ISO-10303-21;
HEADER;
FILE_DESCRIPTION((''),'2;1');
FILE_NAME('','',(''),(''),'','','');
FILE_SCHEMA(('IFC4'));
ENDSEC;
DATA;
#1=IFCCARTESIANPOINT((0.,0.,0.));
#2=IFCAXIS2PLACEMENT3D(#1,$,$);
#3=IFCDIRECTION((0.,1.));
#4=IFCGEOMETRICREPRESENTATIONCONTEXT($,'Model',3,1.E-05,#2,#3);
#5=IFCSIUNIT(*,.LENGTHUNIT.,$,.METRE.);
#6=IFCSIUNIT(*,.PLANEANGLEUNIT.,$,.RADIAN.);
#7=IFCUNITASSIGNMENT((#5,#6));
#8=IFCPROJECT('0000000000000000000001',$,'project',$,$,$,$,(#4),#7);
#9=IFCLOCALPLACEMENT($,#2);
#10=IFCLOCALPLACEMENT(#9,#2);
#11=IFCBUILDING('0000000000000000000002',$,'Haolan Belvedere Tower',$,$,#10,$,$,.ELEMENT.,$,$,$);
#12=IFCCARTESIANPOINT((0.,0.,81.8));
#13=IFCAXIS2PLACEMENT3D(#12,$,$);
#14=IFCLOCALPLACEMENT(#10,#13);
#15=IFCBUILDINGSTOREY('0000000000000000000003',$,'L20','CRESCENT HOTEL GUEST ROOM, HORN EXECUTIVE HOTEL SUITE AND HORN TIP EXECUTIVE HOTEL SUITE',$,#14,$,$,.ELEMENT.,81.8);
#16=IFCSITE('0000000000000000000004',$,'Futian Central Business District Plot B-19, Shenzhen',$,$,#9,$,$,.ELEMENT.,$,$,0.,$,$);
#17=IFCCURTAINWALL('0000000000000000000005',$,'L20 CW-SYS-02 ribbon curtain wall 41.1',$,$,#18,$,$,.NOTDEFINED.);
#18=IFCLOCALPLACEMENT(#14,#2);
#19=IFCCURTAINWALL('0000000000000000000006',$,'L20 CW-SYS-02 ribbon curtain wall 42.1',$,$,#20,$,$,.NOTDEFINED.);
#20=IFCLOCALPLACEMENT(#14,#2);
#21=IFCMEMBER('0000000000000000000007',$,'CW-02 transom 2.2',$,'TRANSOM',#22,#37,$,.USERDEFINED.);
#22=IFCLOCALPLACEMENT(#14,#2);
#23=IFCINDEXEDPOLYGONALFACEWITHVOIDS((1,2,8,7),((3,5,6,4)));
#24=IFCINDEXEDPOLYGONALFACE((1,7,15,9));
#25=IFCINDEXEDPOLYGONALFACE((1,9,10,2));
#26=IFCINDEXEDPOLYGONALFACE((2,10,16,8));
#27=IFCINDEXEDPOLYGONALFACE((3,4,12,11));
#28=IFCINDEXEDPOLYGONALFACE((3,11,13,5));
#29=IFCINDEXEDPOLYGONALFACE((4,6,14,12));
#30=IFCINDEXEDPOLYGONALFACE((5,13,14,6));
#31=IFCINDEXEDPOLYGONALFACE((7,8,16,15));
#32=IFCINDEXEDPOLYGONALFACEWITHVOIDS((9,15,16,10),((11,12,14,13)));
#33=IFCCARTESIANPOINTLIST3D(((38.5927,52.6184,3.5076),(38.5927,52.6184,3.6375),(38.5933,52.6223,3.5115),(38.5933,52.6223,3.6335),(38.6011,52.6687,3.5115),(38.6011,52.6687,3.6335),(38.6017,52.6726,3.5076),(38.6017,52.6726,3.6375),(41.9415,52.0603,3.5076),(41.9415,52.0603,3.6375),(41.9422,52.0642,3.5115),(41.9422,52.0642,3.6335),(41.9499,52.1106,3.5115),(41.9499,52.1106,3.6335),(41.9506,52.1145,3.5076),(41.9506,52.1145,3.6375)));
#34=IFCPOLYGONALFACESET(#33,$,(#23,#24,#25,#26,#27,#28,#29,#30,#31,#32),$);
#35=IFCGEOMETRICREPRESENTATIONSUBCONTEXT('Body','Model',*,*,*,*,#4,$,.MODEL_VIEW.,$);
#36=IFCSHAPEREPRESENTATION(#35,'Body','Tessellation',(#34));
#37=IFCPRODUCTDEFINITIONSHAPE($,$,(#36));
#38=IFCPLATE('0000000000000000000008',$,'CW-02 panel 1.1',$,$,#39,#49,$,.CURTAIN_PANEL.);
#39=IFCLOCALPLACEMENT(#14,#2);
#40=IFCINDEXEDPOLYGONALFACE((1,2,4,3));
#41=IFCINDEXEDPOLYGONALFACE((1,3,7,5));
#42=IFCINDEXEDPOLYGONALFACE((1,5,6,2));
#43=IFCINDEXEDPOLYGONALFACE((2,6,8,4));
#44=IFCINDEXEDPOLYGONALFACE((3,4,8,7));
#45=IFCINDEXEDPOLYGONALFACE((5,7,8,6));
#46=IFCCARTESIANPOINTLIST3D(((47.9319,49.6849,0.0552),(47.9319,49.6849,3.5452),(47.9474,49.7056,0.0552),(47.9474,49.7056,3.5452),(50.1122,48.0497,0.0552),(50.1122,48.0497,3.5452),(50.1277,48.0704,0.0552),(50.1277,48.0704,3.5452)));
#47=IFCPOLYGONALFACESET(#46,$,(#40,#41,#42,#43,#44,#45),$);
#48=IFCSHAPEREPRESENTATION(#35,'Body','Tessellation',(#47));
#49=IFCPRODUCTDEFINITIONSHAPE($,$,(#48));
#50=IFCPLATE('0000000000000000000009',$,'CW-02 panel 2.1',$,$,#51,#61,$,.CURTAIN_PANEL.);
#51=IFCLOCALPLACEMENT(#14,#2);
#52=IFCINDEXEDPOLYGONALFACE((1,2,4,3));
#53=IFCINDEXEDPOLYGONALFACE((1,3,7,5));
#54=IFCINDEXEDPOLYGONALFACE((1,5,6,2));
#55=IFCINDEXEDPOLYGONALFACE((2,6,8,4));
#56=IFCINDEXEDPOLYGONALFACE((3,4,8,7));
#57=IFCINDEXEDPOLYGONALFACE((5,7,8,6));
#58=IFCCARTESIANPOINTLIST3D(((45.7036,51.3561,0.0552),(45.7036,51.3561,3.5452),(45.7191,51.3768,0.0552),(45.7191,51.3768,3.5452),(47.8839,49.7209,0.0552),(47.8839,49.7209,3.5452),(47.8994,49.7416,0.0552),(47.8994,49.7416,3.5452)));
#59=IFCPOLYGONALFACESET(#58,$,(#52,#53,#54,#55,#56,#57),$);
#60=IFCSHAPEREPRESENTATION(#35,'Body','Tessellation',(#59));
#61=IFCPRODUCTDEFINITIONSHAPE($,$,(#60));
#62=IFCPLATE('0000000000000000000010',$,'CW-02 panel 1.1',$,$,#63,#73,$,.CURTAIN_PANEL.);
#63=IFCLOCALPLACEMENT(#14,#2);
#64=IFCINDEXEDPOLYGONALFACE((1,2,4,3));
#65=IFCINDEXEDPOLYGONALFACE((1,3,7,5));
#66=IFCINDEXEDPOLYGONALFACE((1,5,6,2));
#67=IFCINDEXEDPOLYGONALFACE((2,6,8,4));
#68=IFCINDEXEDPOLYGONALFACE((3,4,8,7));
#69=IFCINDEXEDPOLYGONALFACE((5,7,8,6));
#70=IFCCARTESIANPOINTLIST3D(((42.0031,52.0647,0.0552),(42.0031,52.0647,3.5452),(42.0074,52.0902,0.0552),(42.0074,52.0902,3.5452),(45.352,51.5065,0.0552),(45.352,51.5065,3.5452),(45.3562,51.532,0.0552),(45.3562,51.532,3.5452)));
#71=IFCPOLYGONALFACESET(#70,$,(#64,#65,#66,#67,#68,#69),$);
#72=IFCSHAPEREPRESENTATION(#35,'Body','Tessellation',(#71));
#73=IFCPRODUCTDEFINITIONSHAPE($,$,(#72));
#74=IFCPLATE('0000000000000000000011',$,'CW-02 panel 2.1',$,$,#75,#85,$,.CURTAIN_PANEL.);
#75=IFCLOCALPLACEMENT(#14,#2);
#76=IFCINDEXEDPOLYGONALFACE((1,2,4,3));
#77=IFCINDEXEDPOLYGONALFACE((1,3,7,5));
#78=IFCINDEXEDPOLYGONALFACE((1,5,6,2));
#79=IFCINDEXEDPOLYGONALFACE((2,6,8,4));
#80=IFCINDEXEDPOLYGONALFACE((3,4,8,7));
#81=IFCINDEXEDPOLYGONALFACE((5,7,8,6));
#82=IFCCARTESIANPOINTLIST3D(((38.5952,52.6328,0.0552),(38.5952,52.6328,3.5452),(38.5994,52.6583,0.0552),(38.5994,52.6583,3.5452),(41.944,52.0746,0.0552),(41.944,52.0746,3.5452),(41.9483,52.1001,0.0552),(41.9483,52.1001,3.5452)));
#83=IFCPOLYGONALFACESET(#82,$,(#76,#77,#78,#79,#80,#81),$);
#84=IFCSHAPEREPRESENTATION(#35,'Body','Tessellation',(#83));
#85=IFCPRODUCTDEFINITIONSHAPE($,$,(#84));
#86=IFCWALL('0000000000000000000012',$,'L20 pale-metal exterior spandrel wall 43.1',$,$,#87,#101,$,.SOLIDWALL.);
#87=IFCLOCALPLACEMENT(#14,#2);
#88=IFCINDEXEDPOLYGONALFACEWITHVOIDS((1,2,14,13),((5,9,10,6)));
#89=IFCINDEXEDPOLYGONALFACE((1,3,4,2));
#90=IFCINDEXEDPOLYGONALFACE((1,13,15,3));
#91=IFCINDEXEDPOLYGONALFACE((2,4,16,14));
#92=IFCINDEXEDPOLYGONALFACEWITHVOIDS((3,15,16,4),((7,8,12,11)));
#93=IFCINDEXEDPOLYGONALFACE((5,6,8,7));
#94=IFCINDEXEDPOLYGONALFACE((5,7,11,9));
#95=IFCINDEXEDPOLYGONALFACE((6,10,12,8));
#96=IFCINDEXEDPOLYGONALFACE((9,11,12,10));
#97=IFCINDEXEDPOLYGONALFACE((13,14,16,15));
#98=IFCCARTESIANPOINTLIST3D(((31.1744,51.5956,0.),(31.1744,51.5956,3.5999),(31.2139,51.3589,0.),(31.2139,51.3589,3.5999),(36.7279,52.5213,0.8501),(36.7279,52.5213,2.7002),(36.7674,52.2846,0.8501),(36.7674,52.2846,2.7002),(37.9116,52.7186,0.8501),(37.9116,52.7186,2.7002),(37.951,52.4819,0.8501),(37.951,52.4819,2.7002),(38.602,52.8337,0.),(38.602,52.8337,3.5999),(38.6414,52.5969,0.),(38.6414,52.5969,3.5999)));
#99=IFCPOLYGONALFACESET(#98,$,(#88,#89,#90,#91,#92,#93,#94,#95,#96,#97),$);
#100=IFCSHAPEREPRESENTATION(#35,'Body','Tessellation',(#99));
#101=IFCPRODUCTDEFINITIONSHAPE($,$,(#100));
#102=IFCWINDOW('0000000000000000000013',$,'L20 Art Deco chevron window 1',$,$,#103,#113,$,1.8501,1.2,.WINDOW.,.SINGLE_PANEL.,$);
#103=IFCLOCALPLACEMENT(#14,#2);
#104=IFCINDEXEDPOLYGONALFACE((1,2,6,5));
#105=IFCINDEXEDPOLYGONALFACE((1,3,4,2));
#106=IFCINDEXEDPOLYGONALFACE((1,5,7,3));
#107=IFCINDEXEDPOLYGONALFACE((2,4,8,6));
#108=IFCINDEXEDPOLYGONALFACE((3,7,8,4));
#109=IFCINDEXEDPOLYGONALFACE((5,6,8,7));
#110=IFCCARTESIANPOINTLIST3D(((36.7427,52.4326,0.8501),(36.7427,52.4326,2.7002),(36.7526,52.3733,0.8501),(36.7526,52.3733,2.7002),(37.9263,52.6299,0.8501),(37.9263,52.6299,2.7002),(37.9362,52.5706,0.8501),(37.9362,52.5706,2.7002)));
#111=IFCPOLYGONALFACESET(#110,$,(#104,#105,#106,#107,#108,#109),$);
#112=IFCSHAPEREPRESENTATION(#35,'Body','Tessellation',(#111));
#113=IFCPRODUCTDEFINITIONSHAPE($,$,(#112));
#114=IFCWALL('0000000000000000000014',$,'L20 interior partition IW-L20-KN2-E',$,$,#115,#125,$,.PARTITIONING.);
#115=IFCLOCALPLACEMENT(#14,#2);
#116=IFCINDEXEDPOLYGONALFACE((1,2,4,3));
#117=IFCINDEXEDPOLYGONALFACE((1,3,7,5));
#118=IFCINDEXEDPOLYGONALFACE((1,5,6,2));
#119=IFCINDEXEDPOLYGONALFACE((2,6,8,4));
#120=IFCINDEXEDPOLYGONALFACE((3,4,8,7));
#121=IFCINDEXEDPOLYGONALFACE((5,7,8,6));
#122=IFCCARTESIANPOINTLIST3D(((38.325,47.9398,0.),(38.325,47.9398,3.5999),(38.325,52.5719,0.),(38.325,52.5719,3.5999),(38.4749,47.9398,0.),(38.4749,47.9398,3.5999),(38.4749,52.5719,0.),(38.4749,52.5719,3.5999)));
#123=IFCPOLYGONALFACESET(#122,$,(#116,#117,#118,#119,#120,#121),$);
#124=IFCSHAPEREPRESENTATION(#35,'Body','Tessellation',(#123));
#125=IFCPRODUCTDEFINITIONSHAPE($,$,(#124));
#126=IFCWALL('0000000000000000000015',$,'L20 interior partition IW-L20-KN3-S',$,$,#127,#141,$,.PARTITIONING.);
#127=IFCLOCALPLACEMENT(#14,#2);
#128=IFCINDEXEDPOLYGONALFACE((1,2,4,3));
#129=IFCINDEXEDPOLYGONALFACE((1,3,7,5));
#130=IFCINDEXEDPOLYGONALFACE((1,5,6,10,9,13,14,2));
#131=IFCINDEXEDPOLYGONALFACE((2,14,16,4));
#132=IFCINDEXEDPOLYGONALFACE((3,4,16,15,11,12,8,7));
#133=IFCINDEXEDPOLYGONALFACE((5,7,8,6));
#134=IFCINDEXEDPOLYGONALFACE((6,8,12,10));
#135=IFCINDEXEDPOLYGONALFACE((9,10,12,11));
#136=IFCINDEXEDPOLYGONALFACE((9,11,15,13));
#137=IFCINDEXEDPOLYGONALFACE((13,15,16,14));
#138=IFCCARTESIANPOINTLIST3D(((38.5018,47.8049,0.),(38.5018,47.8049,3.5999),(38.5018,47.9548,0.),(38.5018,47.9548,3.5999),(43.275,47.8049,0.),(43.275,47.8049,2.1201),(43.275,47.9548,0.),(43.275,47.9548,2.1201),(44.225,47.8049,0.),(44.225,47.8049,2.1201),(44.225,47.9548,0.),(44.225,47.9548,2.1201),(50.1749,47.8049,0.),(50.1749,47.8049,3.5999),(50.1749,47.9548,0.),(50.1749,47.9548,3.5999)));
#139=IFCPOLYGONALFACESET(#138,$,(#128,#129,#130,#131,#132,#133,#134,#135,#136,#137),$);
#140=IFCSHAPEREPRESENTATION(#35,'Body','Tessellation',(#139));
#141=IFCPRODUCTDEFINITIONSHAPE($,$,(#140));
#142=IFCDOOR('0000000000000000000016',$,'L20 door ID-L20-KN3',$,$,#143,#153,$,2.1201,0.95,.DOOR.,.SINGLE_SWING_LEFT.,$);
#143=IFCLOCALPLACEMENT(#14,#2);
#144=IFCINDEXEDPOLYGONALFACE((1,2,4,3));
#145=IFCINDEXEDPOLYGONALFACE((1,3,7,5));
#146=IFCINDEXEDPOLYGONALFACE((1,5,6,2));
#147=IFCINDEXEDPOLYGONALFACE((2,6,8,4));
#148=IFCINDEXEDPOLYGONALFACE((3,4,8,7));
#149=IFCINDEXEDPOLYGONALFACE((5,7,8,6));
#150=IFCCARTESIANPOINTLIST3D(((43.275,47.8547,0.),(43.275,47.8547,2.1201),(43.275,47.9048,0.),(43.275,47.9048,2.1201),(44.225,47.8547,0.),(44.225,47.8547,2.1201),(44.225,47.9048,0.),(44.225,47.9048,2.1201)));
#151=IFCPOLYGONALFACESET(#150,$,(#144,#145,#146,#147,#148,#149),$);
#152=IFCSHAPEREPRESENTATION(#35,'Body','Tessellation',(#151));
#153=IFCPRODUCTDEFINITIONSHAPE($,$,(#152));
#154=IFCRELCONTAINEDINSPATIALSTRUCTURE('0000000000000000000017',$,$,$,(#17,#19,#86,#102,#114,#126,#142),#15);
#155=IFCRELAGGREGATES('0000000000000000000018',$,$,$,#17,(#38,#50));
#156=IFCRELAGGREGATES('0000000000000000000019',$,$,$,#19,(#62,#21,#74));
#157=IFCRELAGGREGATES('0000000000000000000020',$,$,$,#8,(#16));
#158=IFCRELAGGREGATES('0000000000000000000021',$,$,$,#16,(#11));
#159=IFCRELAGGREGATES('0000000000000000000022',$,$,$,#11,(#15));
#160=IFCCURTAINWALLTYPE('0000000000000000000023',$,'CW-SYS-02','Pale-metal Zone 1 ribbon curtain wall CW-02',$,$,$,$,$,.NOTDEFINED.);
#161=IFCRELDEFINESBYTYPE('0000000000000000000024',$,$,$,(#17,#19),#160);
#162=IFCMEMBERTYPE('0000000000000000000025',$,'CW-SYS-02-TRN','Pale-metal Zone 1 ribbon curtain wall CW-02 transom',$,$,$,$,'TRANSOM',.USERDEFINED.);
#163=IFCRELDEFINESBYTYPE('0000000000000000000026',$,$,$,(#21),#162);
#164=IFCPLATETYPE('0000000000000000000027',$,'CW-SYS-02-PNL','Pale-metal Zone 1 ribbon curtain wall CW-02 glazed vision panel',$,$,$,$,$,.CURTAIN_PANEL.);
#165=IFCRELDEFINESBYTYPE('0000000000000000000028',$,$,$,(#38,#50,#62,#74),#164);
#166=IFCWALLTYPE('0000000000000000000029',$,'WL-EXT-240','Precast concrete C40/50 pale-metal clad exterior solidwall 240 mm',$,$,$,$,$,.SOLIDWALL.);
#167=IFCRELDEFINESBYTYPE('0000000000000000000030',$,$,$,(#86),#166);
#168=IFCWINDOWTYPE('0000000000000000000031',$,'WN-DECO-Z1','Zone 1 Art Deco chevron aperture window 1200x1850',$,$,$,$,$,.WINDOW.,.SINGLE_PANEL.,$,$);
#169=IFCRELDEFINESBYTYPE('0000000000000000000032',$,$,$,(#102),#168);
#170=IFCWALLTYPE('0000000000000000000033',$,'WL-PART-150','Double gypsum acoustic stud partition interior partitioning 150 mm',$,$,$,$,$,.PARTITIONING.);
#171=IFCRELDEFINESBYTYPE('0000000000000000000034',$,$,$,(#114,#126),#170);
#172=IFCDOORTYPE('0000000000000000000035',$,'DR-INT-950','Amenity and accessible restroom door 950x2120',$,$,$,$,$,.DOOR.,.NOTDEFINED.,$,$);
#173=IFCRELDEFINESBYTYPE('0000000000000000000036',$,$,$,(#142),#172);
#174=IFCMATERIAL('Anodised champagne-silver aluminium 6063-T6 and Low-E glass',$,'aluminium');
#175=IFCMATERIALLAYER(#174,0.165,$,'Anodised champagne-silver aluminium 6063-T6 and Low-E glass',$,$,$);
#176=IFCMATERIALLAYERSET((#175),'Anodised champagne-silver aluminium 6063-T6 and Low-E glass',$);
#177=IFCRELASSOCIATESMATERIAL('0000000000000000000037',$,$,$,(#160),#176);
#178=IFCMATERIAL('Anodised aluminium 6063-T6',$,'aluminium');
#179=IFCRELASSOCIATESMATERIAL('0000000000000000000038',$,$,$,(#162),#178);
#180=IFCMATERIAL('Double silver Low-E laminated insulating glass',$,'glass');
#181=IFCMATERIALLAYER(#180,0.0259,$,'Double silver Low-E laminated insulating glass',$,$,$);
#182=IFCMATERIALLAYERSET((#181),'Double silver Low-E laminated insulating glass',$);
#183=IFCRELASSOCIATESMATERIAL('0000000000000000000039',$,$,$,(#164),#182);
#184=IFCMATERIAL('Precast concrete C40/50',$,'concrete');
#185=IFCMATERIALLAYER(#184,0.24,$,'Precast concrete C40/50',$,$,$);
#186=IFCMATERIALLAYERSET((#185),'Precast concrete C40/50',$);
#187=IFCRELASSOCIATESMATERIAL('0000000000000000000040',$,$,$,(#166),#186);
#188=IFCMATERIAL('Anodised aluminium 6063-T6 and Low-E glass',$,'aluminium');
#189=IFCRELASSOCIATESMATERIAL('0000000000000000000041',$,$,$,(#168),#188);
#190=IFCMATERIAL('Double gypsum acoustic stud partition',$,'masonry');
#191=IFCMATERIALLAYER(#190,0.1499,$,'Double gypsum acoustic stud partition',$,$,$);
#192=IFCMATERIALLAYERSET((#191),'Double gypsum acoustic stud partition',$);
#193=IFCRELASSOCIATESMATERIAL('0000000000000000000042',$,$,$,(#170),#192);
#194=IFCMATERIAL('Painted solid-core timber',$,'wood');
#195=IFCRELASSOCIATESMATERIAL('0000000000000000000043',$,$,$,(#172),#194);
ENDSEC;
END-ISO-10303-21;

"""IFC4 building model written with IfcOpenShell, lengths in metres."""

from ifc_helpers import new_model, si_unit, direction, frame, frame_2d, origin, origin_2d, place, context, subcontext, project, spatial, rectangle, hollow_rectangle, extrude, material, layer, layer_set, material_profile, profile_set, type_object, element, fill, aggregate, save


model = new_model("IFC4")

# Units and contexts
model_context = context("Model", 3, precision=1e-05, world=origin(), true_north=direction((0.0, 1.0)))
body_context = subcontext(model_context, "Body", "Model", "MODEL_VIEW")
ifc_project = project(units=[si_unit("LENGTHUNIT", "METRE"), si_unit("PLANEANGLEUNIT", "RADIAN")], contexts=[model_context])

# Site, building, storey
site_placement = place(None, origin())
site = spatial("IfcSite", under=ifc_project, at=site_placement, Name="Futian Central Business District Plot B-19, Shenzhen", CompositionType="ELEMENT", RefElevation=0.0)
building_placement = place(site_placement, origin())
building = spatial("IfcBuilding", under=site, at=building_placement, Name="Haolan Belvedere Tower", CompositionType="ELEMENT")
storey_placement = place(building_placement, frame((0.0, 0.0, 81.8)))
storey = spatial("IfcBuildingStorey", under=building, at=storey_placement, Name="L20", Description="CRESCENT HOTEL GUEST ROOM, HORN EXECUTIVE HOTEL SUITE AND HORN TIP EXECUTIVE HOTEL SUITE", CompositionType="ELEMENT", Elevation=81.8)

# Curtain walls
ifc_material_1 = material(Name="Anodised champagne-silver aluminium 6063-T6 and Low-E glass", Category="aluminium")
ifc_layer_1 = layer(ifc_material_1, 0.165, Name="Anodised champagne-silver aluminium 6063-T6 and Low-E glass")
ifc_layer_set_1 = layer_set([ifc_layer_1], Name="Anodised champagne-silver aluminium 6063-T6 and Low-E glass")
curtain_wall_type = type_object("IfcCurtainWallType", Name="CW-SYS-02", Description="Pale-metal Zone 1 ribbon curtain wall CW-02", PredefinedType="NOTDEFINED", material=ifc_layer_set_1)
curtain_wall_1_placement = place(storey_placement, origin())
curtain_wall_1 = element("IfcCurtainWall", 1, at=curtain_wall_1_placement, inside=storey, type_object=curtain_wall_type, Name="L20 CW-SYS-02 ribbon curtain wall 41.1", PredefinedType="NOTDEFINED")
ifc_material_2 = material(Name="Anodised aluminium 6063-T6", Category="aluminium")
curtain_wall_2_placement = place(storey_placement, origin())
curtain_wall_2 = element("IfcCurtainWall", 2, at=curtain_wall_2_placement, inside=storey, type_object=curtain_wall_type, Name="L20 CW-SYS-02 ribbon curtain wall 42.1", PredefinedType="NOTDEFINED")

# Member
ifc_material_profile_1 = material_profile(ifc_material_2, hollow_rectangle(XDim=0.0549, YDim=0.1299, WallThickness=0.0039, at=origin_2d()), Name="Anodised aluminium 6063-T6")
ifc_profile_set_1 = profile_set([ifc_material_profile_1], Name="Anodised aluminium 6063-T6")
member_type_1 = type_object("IfcMemberType", Name="CW-SYS-02-TRN", Description="Pale-metal Zone 1 ribbon curtain wall CW-02 transom", ElementType="TRANSOM", PredefinedType="USERDEFINED", material=ifc_profile_set_1)
member_1_placement = place(storey_placement, frame((41.946, 52.0874, 3.5725), z_axis=(-0.986396, 0.164387, 0.0), x_axis=(-0.164387, -0.986396, 0.0)))
member_1 = element("IfcMember", 3, at=member_1_placement, type_object=member_type_1, Name="CW-02 transom 2.2", ObjectType="TRANSOM", PredefinedType="USERDEFINED", context=body_context, shape_type="SweptSolid", body=[
    extrude(hollow_rectangle(XDim=0.0549, YDim=0.1299, WallThickness=0.0039, at=origin_2d()), origin(), (0.0, 0.0, 1.0), 3.395),
])

# Plates
ifc_material_3 = material(Name="Double silver Low-E laminated insulating glass", Category="glass")
ifc_layer_2 = layer(ifc_material_3, 0.0259, Name="Double silver Low-E laminated insulating glass")
ifc_layer_set_2 = layer_set([ifc_layer_2], Name="Double silver Low-E laminated insulating glass")
plate_type = type_object("IfcPlateType", Name="CW-SYS-02-PNL", Description="Pale-metal Zone 1 ribbon curtain wall CW-02 glazed vision panel", PredefinedType="CURTAIN_PANEL", material=ifc_layer_set_2)
plate_1_placement = place(storey_placement, frame((49.0298, 48.8777, 0.0552), z_axis=(0.0, 0.0, 1.0), x_axis=(-0.800004, 0.599994, 0.0)))
plate_1 = element("IfcPlate", 4, at=plate_1_placement, type_object=plate_type, Name="CW-02 panel 1.1", PredefinedType="CURTAIN_PANEL", context=body_context, shape_type="SweptSolid", body=[
    extrude(rectangle(XDim=2.7253, YDim=0.0259, at=origin_2d()), origin(), (0.0, 0.0, 1.0), 3.49),
])
plate_2_placement = place(storey_placement, frame((46.8015, 50.5488, 0.0552), z_axis=(0.0, 0.0, 1.0), x_axis=(-0.800004, 0.599994, 0.0)))
plate_2 = element("IfcPlate", 5, at=plate_2_placement, type_object=plate_type, Name="CW-02 panel 2.1", PredefinedType="CURTAIN_PANEL", context=body_context, shape_type="SweptSolid", body=[
    extrude(rectangle(XDim=2.7253, YDim=0.0259, at=origin_2d()), origin(), (0.0, 0.0, 1.0), 3.49),
])
aggregate(curtain_wall_1, [plate_1, plate_2])
plate_3_placement = place(storey_placement, frame((43.6797, 51.7983, 0.0552), z_axis=(0.0, 0.0, 1.0), x_axis=(-0.986393, 0.164404, 0.0)))
plate_3 = element("IfcPlate", 6, at=plate_3_placement, type_object=plate_type, Name="CW-02 panel 1.1", PredefinedType="CURTAIN_PANEL", context=body_context, shape_type="SweptSolid", body=[
    extrude(rectangle(XDim=3.395, YDim=0.0259, at=origin_2d()), origin(), (0.0, 0.0, 1.0), 3.49),
])
plate_4_placement = place(storey_placement, frame((40.2717, 52.3665, 0.0552), z_axis=(0.0, 0.0, 1.0), x_axis=(-0.986393, 0.164404, 0.0)))
plate_4 = element("IfcPlate", 7, at=plate_4_placement, type_object=plate_type, Name="CW-02 panel 2.1", PredefinedType="CURTAIN_PANEL", context=body_context, shape_type="SweptSolid", body=[
    extrude(rectangle(XDim=3.395, YDim=0.0259, at=origin_2d()), origin(), (0.0, 0.0, 1.0), 3.49),
])
aggregate(curtain_wall_2, [plate_3, member_1, plate_4])

# Wall, opening, window
ifc_material_4 = material(Name="Precast concrete C40/50", Category="concrete")
ifc_layer_3 = layer(ifc_material_4, 0.24, Name="Precast concrete C40/50")
ifc_layer_set_3 = layer_set([ifc_layer_3], Name="Precast concrete C40/50")
wall_type_1 = type_object("IfcWallType", Name="WL-EXT-240", Description="Precast concrete C40/50 pale-metal clad exterior solidwall 240 mm", PredefinedType="SOLIDWALL", material=ifc_layer_set_3)
wall_1_placement = place(storey_placement, frame((38.6218, 52.7153, 0.0), z_axis=(0.0, 0.0, 1.0), x_axis=(-0.986391, -0.164415, 0.0)))
wall_1 = element("IfcWall", 8, at=wall_1_placement, inside=storey, type_object=wall_type_1, Name="L20 pale-metal exterior spandrel wall 43.1", PredefinedType="SOLIDWALL", context=body_context, shape_type="SweptSolid", body=[
    extrude(rectangle(XDim=7.53, YDim=0.24, at=frame_2d((3.7651, 0.0))), origin(), (0.0, 0.0, 1.0), 3.5999),
])
opening_1_placement = place(wall_1_placement, frame((0.7, 0.0, 0.8501)))
opening_1 = element("IfcOpeningElement", 9, at=opening_1_placement, cuts=wall_1, PredefinedType="OPENING", context=body_context, shape_type="SweptSolid", body=[
    extrude(rectangle(XDim=1.2, YDim=1.8501, at=frame_2d((0.6001, 0.925))), frame((0.0, 0.1299, 0.0), z_axis=(0.0, -1.0, 0.0), x_axis=(1.0, 0.0, 0.0)), (0.0, 0.0, 1.0), 0.26),
])
ifc_material_5 = material(Name="Anodised aluminium 6063-T6 and Low-E glass", Category="aluminium")
window_type = type_object("IfcWindowType", Name="WN-DECO-Z1", Description="Zone 1 Art Deco chevron aperture window 1200x1850", PartitioningType="SINGLE_PANEL", PredefinedType="WINDOW", material=ifc_material_5)
window_placement = place(opening_1_placement, origin())
window = element("IfcWindow", 10, at=window_placement, inside=storey, type_object=window_type, Name="L20 Art Deco chevron window 1", OverallHeight=1.8501, OverallWidth=1.2, PartitioningType="SINGLE_PANEL", PredefinedType="WINDOW", context=body_context, shape_type="SweptSolid", body=[
    extrude(rectangle(XDim=1.2, YDim=1.8501, at=frame_2d((0.6001, 0.925))), frame((0.0, 0.03, 0.0), z_axis=(0.0, -1.0, 0.0), x_axis=(1.0, 0.0, 0.0)), (0.0, 0.0, 1.0), 0.0601),
])
fill(opening_1, window)

# Wall
ifc_material_6 = material(Name="Double gypsum acoustic stud partition", Category="masonry")
ifc_layer_4 = layer(ifc_material_6, 0.1499, Name="Double gypsum acoustic stud partition")
ifc_layer_set_4 = layer_set([ifc_layer_4], Name="Double gypsum acoustic stud partition")
wall_type_2 = type_object("IfcWallType", Name="WL-PART-150", Description="Double gypsum acoustic stud partition interior partitioning 150 mm", PredefinedType="PARTITIONING", material=ifc_layer_set_4)
wall_2_placement = place(storey_placement, frame((38.3999, 47.9399, 0.0), z_axis=(0.0, 0.0, 1.0), x_axis=(0.0, 1.0, 0.0)))
element("IfcWall", 11, at=wall_2_placement, inside=storey, type_object=wall_type_2, Name="L20 interior partition IW-L20-KN2-E", PredefinedType="PARTITIONING", context=body_context, shape_type="SweptSolid", body=[
    extrude(rectangle(XDim=4.6321, YDim=0.1499, at=frame_2d((2.3159, 0.0))), origin(), (0.0, 0.0, 1.0), 3.5999),
])

# Wall, opening, door
wall_3_placement = place(storey_placement, frame((38.502, 47.8799, 0.0), z_axis=(0.0, 0.0, 1.0), x_axis=(1.0, 0.0, 0.0)))
wall_3 = element("IfcWall", 12, at=wall_3_placement, inside=storey, type_object=wall_type_2, Name="L20 interior partition IW-L20-KN3-S", PredefinedType="PARTITIONING", context=body_context, shape_type="SweptSolid", body=[
    extrude(rectangle(XDim=11.6731, YDim=0.1499, at=frame_2d((5.8364, 0.0))), origin(), (0.0, 0.0, 1.0), 3.5999),
])
opening_2_placement = place(wall_3_placement, frame((4.7729, 0.0, 0.0)))
opening_2 = element("IfcOpeningElement", 13, at=opening_2_placement, cuts=wall_3, PredefinedType="OPENING", context=body_context, shape_type="SweptSolid", body=[
    extrude(rectangle(XDim=0.95, YDim=2.1201, at=frame_2d((0.4751, 1.0601))), frame((0.0, 0.085, 0.0), z_axis=(0.0, -1.0, 0.0), x_axis=(1.0, 0.0, 0.0)), (0.0, 0.0, 1.0), 0.1699),
])
ifc_material_7 = material(Name="Painted solid-core timber", Category="wood")
door_type_1 = type_object("IfcDoorType", Name="DR-INT-950", Description="Amenity and accessible restroom door 950x2120", OperationType="NOTDEFINED", PredefinedType="DOOR", material=ifc_material_7)
door_1_placement = place(opening_2_placement, origin())
door_1 = element("IfcDoor", 14, at=door_1_placement, inside=storey, type_object=door_type_1, Name="L20 door ID-L20-KN3", OperationType="SINGLE_SWING_LEFT", OverallHeight=2.1201, OverallWidth=0.95, PredefinedType="DOOR", context=body_context, shape_type="SweptSolid", body=[
    extrude(rectangle(XDim=0.95, YDim=2.1201, at=frame_2d((0.4751, 1.0601))), frame((0.0, 0.0249, 0.0), z_axis=(0.0, -1.0, 0.0), x_axis=(1.0, 0.0, 0.0)), (0.0, 0.0, 1.0), 0.05),
])
fill(opening_2, door_1)

save(model, "model.ifc")
